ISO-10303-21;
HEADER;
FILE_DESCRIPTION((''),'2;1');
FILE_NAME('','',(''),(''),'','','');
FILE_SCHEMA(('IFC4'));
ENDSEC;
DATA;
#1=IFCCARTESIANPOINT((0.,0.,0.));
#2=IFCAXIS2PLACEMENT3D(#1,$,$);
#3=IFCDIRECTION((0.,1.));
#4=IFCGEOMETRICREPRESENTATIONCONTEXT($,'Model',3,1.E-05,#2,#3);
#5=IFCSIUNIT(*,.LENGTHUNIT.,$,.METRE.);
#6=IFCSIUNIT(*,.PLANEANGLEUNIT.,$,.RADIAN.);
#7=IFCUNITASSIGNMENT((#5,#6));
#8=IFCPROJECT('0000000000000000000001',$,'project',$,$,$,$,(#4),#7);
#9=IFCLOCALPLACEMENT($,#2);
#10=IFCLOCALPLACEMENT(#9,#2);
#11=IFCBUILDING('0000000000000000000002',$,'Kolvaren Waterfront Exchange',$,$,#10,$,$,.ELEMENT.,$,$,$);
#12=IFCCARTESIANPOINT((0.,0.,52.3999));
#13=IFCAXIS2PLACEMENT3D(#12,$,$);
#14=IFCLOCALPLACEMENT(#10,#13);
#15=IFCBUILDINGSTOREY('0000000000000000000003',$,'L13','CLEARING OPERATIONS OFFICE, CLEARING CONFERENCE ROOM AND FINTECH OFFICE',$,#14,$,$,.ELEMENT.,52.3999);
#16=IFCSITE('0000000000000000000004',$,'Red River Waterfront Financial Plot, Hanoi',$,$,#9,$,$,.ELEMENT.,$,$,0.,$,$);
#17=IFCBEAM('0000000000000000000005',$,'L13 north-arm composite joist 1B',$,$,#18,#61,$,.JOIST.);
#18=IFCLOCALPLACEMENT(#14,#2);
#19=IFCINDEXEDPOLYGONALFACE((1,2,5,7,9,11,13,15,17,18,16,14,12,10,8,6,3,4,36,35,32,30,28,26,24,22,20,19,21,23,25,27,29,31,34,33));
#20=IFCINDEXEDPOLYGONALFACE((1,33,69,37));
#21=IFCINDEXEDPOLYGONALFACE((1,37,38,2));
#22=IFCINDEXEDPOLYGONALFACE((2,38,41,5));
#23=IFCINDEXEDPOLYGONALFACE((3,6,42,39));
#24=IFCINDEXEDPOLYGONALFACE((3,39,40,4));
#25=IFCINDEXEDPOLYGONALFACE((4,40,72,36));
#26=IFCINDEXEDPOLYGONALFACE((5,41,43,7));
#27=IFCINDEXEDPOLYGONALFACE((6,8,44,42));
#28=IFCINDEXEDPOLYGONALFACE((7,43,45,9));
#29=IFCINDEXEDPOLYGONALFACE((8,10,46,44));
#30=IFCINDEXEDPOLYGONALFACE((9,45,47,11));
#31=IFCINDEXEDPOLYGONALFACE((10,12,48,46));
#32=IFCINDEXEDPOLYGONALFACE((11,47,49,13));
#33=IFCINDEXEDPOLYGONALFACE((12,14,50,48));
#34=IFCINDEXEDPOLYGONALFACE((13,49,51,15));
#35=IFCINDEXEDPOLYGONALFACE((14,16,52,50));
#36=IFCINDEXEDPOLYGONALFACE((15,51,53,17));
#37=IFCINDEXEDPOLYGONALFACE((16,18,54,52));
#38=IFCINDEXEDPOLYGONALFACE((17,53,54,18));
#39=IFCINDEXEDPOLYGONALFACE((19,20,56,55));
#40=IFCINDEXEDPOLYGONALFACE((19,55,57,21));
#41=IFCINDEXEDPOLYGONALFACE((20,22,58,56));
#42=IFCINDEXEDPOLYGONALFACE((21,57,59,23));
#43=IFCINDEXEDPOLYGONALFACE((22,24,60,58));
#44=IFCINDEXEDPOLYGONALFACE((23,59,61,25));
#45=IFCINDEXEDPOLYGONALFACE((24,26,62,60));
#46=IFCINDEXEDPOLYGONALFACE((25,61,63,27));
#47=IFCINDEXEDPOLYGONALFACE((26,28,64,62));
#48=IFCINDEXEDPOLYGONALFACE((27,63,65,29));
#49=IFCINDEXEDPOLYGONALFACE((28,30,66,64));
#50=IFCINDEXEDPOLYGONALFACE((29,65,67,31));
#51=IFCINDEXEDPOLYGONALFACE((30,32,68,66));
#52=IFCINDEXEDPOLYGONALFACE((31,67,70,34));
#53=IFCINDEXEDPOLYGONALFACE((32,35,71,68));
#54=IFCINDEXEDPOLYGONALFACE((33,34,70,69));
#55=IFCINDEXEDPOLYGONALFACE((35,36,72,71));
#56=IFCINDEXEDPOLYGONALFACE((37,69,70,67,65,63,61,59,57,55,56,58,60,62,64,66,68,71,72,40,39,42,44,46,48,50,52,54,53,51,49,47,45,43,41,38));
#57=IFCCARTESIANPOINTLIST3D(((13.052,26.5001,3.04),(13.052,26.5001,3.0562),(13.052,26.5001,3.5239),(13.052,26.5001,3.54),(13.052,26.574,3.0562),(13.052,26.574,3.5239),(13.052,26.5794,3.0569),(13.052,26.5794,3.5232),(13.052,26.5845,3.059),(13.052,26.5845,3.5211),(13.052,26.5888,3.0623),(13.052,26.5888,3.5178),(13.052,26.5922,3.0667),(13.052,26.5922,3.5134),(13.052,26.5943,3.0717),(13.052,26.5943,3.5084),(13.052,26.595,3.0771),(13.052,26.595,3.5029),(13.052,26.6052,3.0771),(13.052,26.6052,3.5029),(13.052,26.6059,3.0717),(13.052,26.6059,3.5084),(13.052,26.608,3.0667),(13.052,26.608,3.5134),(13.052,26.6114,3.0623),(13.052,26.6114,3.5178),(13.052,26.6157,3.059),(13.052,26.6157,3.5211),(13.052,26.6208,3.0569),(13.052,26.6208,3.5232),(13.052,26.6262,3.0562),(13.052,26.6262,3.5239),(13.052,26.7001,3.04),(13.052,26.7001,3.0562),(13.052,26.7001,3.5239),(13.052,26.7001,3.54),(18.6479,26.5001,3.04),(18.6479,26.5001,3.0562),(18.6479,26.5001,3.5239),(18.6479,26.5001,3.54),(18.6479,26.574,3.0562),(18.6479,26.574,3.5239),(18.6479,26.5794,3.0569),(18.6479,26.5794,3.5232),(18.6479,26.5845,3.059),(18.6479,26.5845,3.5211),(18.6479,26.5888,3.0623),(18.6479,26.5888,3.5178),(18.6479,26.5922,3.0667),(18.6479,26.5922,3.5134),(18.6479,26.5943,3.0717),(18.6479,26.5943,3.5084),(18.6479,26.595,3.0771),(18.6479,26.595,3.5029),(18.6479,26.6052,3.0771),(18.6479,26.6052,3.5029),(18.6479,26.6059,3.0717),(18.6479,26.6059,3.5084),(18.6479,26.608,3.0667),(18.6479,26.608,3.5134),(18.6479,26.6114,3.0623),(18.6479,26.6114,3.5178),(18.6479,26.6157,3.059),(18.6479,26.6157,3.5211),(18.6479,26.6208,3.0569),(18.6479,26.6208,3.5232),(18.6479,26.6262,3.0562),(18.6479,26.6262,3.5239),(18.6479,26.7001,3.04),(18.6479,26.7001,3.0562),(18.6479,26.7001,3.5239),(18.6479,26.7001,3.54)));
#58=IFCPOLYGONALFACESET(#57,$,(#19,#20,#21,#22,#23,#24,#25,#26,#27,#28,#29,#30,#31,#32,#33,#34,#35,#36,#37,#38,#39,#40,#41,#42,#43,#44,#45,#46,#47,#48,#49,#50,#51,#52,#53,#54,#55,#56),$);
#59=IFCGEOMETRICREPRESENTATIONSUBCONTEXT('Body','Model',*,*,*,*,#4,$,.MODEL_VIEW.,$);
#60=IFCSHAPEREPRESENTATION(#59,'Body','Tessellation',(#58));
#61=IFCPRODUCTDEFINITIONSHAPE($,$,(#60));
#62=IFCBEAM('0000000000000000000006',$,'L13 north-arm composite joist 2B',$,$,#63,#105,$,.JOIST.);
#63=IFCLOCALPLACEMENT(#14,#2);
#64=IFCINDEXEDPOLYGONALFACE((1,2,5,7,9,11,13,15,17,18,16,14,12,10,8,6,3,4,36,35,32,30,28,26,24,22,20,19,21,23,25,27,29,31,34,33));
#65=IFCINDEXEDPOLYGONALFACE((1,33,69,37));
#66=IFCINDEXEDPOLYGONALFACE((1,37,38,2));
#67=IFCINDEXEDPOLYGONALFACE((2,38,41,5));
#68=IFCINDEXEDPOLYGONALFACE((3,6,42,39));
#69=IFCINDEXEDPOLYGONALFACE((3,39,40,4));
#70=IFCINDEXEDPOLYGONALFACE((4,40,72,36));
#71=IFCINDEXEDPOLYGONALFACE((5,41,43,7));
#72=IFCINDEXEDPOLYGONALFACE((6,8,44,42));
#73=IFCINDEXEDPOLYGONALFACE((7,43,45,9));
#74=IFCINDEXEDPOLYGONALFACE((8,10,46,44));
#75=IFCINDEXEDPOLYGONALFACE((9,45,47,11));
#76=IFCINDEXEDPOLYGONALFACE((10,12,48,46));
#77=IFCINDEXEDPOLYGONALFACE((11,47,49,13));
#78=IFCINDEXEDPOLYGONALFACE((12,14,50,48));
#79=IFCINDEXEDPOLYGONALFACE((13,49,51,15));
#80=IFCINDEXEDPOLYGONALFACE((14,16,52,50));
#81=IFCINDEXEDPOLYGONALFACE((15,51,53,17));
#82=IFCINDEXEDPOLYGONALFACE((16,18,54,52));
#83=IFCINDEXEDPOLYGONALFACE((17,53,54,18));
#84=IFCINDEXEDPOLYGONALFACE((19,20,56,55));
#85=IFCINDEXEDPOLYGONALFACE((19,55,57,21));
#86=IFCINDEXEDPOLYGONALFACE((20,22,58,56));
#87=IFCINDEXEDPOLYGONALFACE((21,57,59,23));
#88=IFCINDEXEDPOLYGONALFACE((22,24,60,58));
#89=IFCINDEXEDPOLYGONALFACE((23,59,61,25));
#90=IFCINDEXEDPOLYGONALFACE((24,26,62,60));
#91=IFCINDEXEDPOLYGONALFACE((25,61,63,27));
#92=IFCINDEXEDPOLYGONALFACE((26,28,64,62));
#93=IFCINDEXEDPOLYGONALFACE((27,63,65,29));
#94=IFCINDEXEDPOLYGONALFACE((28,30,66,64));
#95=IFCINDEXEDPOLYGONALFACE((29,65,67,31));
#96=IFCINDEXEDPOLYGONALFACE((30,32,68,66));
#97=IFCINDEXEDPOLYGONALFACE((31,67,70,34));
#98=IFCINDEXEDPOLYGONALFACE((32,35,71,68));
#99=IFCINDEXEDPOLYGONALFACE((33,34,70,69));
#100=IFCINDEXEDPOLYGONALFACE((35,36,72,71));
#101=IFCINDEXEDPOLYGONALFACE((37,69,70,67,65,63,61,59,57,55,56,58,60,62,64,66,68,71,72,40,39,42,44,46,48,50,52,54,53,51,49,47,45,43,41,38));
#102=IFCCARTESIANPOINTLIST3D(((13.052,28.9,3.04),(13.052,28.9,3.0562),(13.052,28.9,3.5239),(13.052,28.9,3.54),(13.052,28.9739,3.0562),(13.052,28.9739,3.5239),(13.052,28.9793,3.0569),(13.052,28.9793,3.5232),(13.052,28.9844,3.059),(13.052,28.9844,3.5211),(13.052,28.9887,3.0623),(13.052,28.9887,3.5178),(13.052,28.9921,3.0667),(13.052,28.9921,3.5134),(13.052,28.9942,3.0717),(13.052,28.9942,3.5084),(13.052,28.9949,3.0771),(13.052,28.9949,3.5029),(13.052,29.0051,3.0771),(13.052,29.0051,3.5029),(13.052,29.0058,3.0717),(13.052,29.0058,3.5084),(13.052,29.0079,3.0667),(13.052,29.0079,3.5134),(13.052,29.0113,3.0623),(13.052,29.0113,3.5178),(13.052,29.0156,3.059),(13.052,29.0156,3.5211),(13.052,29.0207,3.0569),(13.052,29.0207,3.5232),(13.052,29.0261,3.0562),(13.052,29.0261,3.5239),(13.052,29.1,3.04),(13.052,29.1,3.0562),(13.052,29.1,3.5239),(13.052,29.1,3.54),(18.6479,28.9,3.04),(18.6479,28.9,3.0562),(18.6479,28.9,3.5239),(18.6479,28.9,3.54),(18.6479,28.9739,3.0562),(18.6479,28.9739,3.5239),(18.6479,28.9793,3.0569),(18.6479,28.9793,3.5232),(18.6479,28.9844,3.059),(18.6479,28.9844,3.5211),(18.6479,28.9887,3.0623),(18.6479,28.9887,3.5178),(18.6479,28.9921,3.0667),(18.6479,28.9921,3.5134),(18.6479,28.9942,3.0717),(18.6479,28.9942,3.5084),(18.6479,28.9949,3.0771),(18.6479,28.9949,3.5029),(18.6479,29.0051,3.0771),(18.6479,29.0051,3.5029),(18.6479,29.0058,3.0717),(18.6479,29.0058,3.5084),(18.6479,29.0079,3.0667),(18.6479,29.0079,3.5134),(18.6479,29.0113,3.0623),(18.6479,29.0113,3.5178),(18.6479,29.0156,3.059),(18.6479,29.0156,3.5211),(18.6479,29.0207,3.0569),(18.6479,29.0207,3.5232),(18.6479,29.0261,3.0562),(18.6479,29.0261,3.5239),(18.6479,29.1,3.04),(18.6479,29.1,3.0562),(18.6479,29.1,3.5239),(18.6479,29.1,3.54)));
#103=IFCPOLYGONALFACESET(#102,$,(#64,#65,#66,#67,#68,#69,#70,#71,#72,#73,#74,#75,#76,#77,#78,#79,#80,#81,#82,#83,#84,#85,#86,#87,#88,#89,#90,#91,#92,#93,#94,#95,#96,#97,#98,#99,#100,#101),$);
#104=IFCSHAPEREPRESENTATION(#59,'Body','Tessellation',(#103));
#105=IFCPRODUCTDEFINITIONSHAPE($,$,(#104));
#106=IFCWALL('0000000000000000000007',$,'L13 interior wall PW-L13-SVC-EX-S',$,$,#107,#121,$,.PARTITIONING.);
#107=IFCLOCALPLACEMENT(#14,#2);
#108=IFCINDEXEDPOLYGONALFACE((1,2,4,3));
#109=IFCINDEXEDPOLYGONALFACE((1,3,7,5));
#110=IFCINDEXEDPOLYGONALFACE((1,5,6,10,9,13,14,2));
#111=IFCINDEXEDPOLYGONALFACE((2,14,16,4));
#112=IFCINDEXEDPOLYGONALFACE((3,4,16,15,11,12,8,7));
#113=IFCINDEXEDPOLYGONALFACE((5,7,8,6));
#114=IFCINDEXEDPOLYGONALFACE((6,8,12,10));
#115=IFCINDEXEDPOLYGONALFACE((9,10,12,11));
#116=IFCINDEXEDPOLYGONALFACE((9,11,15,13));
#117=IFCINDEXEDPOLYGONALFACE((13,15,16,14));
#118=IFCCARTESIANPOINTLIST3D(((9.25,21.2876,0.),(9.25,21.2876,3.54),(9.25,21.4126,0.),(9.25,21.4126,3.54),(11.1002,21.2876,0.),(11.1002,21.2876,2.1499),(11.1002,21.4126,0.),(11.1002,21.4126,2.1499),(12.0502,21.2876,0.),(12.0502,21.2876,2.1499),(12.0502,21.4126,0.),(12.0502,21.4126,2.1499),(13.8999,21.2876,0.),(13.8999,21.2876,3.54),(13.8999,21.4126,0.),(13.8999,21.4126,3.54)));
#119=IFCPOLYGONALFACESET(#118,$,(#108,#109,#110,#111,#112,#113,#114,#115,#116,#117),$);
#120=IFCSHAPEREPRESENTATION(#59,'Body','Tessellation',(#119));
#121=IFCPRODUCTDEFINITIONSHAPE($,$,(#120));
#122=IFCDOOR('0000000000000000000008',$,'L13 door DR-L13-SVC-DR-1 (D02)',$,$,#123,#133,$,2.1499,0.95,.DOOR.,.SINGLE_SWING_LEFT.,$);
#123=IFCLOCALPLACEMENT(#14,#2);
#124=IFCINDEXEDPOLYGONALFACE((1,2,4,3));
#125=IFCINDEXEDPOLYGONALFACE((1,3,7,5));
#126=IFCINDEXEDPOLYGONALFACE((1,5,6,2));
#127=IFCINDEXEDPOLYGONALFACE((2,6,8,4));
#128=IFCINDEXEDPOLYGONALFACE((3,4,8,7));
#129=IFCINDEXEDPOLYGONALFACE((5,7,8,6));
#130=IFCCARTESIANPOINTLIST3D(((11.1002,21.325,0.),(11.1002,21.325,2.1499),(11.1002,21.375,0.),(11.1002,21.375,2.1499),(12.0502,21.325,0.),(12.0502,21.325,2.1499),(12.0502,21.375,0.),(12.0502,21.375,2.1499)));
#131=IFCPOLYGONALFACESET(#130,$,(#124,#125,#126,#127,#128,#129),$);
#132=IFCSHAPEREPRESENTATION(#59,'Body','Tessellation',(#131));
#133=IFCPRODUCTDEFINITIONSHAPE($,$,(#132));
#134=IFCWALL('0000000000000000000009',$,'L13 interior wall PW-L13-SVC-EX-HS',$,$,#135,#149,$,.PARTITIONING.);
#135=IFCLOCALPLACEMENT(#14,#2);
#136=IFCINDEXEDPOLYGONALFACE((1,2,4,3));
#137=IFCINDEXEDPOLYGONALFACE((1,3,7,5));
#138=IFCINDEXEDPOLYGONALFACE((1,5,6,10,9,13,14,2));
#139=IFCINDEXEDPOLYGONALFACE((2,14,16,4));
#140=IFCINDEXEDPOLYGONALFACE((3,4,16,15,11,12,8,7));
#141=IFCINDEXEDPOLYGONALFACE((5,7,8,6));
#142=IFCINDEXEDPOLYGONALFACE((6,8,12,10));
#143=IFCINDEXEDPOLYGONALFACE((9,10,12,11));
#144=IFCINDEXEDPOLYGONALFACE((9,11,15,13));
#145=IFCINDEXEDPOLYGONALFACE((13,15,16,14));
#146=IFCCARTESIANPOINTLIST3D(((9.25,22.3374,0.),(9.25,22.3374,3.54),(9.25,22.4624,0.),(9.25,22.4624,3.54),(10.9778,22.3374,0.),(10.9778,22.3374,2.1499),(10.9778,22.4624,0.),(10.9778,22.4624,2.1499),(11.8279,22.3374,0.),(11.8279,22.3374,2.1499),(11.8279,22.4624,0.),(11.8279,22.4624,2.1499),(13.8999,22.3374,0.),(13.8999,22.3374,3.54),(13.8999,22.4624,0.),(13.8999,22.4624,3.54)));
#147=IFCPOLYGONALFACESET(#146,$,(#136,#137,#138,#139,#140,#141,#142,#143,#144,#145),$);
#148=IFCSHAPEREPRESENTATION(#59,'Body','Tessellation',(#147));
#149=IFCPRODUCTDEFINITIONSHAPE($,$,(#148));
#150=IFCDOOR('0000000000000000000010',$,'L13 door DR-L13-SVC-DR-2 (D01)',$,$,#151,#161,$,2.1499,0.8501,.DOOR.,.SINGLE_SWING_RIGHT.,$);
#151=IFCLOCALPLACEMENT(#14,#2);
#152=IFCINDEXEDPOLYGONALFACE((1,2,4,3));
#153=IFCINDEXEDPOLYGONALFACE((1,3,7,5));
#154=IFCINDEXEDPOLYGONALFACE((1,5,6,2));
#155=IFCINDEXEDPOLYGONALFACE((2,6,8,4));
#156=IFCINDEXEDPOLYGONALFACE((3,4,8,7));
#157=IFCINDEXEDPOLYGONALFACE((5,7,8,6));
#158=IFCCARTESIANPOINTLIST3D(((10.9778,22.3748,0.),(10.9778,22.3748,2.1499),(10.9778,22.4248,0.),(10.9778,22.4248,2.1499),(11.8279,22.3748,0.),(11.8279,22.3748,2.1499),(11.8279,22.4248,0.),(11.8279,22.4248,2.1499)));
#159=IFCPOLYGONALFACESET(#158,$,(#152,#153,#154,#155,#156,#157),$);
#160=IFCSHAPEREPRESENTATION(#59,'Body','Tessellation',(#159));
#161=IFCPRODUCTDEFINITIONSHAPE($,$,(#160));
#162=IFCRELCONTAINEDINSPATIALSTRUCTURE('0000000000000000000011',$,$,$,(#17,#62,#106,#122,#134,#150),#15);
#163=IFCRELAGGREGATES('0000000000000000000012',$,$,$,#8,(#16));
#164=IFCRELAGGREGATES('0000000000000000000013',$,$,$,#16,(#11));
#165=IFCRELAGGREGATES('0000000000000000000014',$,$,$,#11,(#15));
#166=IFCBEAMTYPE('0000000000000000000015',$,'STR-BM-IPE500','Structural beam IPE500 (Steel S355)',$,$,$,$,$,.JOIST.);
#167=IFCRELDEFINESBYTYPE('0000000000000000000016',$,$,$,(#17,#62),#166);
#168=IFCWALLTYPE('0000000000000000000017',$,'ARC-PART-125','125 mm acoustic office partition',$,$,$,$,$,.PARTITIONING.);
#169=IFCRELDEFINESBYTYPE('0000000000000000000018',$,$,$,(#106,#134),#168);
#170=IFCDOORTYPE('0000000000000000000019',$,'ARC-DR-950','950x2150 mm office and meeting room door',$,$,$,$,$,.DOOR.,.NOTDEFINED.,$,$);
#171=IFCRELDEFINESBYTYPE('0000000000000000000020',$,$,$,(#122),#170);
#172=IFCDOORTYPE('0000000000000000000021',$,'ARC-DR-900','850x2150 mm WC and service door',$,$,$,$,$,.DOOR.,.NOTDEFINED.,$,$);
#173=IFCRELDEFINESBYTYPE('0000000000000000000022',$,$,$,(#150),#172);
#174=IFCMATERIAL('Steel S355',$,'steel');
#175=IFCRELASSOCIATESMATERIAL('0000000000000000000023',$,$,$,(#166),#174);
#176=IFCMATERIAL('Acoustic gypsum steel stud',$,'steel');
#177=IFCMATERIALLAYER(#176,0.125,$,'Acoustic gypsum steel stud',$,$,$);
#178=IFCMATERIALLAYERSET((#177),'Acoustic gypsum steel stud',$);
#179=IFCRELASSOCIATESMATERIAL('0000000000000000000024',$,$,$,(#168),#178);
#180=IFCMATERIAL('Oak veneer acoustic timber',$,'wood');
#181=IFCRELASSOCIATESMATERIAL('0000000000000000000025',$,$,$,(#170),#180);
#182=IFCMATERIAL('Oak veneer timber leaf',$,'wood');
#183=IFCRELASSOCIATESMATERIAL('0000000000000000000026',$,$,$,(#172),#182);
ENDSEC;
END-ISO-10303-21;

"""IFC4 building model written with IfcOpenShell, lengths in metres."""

from ifc_helpers import new_model, si_unit, direction, frame, frame_2d, origin, origin_2d, place, context, subcontext, project, spatial, rectangle, i_section, extrude, material, layer, layer_set, material_profile, profile_set, type_object, element, fill, save


model = new_model("IFC4")

# Units and contexts
model_context = context("Model", 3, precision=1e-05, world=origin(), true_north=direction((0.0, 1.0)))
body_context = subcontext(model_context, "Body", "Model", "MODEL_VIEW")
ifc_project = project(units=[si_unit("LENGTHUNIT", "METRE"), si_unit("PLANEANGLEUNIT", "RADIAN")], contexts=[model_context])

# Site, building, storey
site_placement = place(None, origin())
site = spatial("IfcSite", under=ifc_project, at=site_placement, Name="Red River Waterfront Financial Plot, Hanoi", CompositionType="ELEMENT", RefElevation=0.0)
building_placement = place(site_placement, origin())
building = spatial("IfcBuilding", under=site, at=building_placement, Name="Kolvaren Waterfront Exchange", CompositionType="ELEMENT")
storey_placement = place(building_placement, frame((0.0, 0.0, 52.3999)))
storey = spatial("IfcBuildingStorey", under=building, at=storey_placement, Name="L13", Description="CLEARING OPERATIONS OFFICE, CLEARING CONFERENCE ROOM AND FINTECH OFFICE", CompositionType="ELEMENT", Elevation=52.3999)

# Beams
ifc_material_1 = material(Name="Steel S355", Category="steel")
ifc_material_profile_1 = material_profile(ifc_material_1, i_section(OverallWidth=0.2, OverallDepth=0.5, WebThickness=0.0103, FlangeThickness=0.0161, FilletRadius=0.021, at=origin_2d()), Name="IPE500")
ifc_profile_set_1 = profile_set([ifc_material_profile_1], Name="Steel S355")
beam_type_1 = type_object("IfcBeamType", Name="STR-BM-IPE500", Description="Structural beam IPE500 (Steel S355)", PredefinedType="JOIST", material=ifc_profile_set_1)
for number, where, z_axis, x_axis, name in (
    (1, (13.052, 26.6001, 3.29), (1.0, 0.0, 0.0), (0.0, 1.0, 0.0), "L13 north-arm composite joist 1B"),
    (2, (13.052, 29.0, 3.29), (1.0, 0.0, 0.0), (0.0, 1.0, 0.0), "L13 north-arm composite joist 2B"),
):
    element("IfcBeam", number, at=place(storey_placement, frame(where, z_axis=z_axis, x_axis=x_axis)), inside=storey, type_object=beam_type_1, Name=name, PredefinedType="JOIST", context=body_context, shape_type="SweptSolid", body=[
        extrude(i_section(OverallWidth=0.2, OverallDepth=0.5, WebThickness=0.0103, FlangeThickness=0.0161, FilletRadius=0.021, at=origin_2d()), origin(), (0.0, 0.0, 1.0), 5.5959),
    ])

# Walls, openings, doors
ifc_material_2 = material(Name="Acoustic gypsum steel stud", Category="steel")
ifc_layer_1 = layer(ifc_material_2, 0.125, Name="Acoustic gypsum steel stud")
ifc_layer_set_1 = layer_set([ifc_layer_1], Name="Acoustic gypsum steel stud")
wall_type_1 = type_object("IfcWallType", Name="ARC-PART-125", Description="125 mm acoustic office partition", PredefinedType="PARTITIONING", material=ifc_layer_set_1)
wall_1_placement = place(storey_placement, frame((9.25, 21.3501, 0.0), z_axis=(0.0, 0.0, 1.0), x_axis=(1.0, 0.0, 0.0)))
wall_1 = element("IfcWall", 3, at=wall_1_placement, inside=storey, type_object=wall_type_1, Name="L13 interior wall PW-L13-SVC-EX-S", PredefinedType="PARTITIONING", context=body_context, shape_type="SweptSolid", body=[
    extrude(rectangle(XDim=4.6499, YDim=0.125, at=frame_2d((2.325, 0.0))), origin(), (0.0, 0.0, 1.0), 3.54),
])
opening_1_placement = place(wall_1_placement, frame((1.8501, 0.0, 0.0)))
opening_1 = element("IfcOpeningElement", 4, at=opening_1_placement, cuts=wall_1, PredefinedType="OPENING", context=body_context, shape_type="SweptSolid", body=[
    extrude(rectangle(XDim=0.95, YDim=2.1499, at=frame_2d((0.4751, 1.075))), frame((0.0, 0.0725, 0.0), z_axis=(0.0, -1.0, 0.0), x_axis=(1.0, 0.0, 0.0)), (0.0, 0.0, 1.0), 0.145),
])
ifc_material_3 = material(Name="Oak veneer acoustic timber", Category="wood")
door_type_1 = type_object("IfcDoorType", Name="ARC-DR-950", Description="950x2150 mm office and meeting room door", OperationType="NOTDEFINED", PredefinedType="DOOR", material=ifc_material_3)
door_1_placement = place(opening_1_placement, origin())
door_1 = element("IfcDoor", 5, at=door_1_placement, inside=storey, type_object=door_type_1, Name="L13 door DR-L13-SVC-DR-1 (D02)", OperationType="SINGLE_SWING_LEFT", OverallHeight=2.1499, OverallWidth=0.95, PredefinedType="DOOR", context=body_context, shape_type="SweptSolid", body=[
    extrude(rectangle(XDim=0.95, YDim=2.1499, at=frame_2d((0.4751, 1.075))), frame((0.0, 0.0249, 0.0), z_axis=(0.0, -1.0, 0.0), x_axis=(1.0, 0.0, 0.0)), (0.0, 0.0, 1.0), 0.05),
])
fill(opening_1, door_1)
wall_2_placement = place(storey_placement, frame((9.25, 22.3999, 0.0), z_axis=(0.0, 0.0, 1.0), x_axis=(1.0, 0.0, 0.0)))
wall_2 = element("IfcWall", 6, at=wall_2_placement, inside=storey, type_object=wall_type_1, Name="L13 interior wall PW-L13-SVC-EX-HS", PredefinedType="PARTITIONING", context=body_context, shape_type="SweptSolid", body=[
    extrude(rectangle(XDim=4.6499, YDim=0.125, at=frame_2d((2.325, 0.0))), origin(), (0.0, 0.0, 1.0), 3.54),
])
opening_2_placement = place(wall_2_placement, frame((1.7278, 0.0, 0.0)))
opening_2 = element("IfcOpeningElement", 7, at=opening_2_placement, cuts=wall_2, PredefinedType="OPENING", context=body_context, shape_type="SweptSolid", body=[
    extrude(rectangle(XDim=0.8501, YDim=2.1499, at=frame_2d((0.425, 1.075))), frame((0.0, 0.0725, 0.0), z_axis=(0.0, -1.0, 0.0), x_axis=(1.0, 0.0, 0.0)), (0.0, 0.0, 1.0), 0.145),
])
ifc_material_4 = material(Name="Oak veneer timber leaf", Category="wood")
door_type_2 = type_object("IfcDoorType", Name="ARC-DR-900", Description="850x2150 mm WC and service door", OperationType="NOTDEFINED", PredefinedType="DOOR", material=ifc_material_4)
door_2_placement = place(opening_2_placement, origin())
door_2 = element("IfcDoor", 8, at=door_2_placement, inside=storey, type_object=door_type_2, Name="L13 door DR-L13-SVC-DR-2 (D01)", OperationType="SINGLE_SWING_RIGHT", OverallHeight=2.1499, OverallWidth=0.8501, PredefinedType="DOOR", context=body_context, shape_type="SweptSolid", body=[
    extrude(rectangle(XDim=0.8501, YDim=2.1499, at=frame_2d((0.425, 1.075))), frame((0.0, 0.0249, 0.0), z_axis=(0.0, -1.0, 0.0), x_axis=(1.0, 0.0, 0.0)), (0.0, 0.0, 1.0), 0.05),
])
fill(opening_2, door_2)

save(model, "model.ifc")
